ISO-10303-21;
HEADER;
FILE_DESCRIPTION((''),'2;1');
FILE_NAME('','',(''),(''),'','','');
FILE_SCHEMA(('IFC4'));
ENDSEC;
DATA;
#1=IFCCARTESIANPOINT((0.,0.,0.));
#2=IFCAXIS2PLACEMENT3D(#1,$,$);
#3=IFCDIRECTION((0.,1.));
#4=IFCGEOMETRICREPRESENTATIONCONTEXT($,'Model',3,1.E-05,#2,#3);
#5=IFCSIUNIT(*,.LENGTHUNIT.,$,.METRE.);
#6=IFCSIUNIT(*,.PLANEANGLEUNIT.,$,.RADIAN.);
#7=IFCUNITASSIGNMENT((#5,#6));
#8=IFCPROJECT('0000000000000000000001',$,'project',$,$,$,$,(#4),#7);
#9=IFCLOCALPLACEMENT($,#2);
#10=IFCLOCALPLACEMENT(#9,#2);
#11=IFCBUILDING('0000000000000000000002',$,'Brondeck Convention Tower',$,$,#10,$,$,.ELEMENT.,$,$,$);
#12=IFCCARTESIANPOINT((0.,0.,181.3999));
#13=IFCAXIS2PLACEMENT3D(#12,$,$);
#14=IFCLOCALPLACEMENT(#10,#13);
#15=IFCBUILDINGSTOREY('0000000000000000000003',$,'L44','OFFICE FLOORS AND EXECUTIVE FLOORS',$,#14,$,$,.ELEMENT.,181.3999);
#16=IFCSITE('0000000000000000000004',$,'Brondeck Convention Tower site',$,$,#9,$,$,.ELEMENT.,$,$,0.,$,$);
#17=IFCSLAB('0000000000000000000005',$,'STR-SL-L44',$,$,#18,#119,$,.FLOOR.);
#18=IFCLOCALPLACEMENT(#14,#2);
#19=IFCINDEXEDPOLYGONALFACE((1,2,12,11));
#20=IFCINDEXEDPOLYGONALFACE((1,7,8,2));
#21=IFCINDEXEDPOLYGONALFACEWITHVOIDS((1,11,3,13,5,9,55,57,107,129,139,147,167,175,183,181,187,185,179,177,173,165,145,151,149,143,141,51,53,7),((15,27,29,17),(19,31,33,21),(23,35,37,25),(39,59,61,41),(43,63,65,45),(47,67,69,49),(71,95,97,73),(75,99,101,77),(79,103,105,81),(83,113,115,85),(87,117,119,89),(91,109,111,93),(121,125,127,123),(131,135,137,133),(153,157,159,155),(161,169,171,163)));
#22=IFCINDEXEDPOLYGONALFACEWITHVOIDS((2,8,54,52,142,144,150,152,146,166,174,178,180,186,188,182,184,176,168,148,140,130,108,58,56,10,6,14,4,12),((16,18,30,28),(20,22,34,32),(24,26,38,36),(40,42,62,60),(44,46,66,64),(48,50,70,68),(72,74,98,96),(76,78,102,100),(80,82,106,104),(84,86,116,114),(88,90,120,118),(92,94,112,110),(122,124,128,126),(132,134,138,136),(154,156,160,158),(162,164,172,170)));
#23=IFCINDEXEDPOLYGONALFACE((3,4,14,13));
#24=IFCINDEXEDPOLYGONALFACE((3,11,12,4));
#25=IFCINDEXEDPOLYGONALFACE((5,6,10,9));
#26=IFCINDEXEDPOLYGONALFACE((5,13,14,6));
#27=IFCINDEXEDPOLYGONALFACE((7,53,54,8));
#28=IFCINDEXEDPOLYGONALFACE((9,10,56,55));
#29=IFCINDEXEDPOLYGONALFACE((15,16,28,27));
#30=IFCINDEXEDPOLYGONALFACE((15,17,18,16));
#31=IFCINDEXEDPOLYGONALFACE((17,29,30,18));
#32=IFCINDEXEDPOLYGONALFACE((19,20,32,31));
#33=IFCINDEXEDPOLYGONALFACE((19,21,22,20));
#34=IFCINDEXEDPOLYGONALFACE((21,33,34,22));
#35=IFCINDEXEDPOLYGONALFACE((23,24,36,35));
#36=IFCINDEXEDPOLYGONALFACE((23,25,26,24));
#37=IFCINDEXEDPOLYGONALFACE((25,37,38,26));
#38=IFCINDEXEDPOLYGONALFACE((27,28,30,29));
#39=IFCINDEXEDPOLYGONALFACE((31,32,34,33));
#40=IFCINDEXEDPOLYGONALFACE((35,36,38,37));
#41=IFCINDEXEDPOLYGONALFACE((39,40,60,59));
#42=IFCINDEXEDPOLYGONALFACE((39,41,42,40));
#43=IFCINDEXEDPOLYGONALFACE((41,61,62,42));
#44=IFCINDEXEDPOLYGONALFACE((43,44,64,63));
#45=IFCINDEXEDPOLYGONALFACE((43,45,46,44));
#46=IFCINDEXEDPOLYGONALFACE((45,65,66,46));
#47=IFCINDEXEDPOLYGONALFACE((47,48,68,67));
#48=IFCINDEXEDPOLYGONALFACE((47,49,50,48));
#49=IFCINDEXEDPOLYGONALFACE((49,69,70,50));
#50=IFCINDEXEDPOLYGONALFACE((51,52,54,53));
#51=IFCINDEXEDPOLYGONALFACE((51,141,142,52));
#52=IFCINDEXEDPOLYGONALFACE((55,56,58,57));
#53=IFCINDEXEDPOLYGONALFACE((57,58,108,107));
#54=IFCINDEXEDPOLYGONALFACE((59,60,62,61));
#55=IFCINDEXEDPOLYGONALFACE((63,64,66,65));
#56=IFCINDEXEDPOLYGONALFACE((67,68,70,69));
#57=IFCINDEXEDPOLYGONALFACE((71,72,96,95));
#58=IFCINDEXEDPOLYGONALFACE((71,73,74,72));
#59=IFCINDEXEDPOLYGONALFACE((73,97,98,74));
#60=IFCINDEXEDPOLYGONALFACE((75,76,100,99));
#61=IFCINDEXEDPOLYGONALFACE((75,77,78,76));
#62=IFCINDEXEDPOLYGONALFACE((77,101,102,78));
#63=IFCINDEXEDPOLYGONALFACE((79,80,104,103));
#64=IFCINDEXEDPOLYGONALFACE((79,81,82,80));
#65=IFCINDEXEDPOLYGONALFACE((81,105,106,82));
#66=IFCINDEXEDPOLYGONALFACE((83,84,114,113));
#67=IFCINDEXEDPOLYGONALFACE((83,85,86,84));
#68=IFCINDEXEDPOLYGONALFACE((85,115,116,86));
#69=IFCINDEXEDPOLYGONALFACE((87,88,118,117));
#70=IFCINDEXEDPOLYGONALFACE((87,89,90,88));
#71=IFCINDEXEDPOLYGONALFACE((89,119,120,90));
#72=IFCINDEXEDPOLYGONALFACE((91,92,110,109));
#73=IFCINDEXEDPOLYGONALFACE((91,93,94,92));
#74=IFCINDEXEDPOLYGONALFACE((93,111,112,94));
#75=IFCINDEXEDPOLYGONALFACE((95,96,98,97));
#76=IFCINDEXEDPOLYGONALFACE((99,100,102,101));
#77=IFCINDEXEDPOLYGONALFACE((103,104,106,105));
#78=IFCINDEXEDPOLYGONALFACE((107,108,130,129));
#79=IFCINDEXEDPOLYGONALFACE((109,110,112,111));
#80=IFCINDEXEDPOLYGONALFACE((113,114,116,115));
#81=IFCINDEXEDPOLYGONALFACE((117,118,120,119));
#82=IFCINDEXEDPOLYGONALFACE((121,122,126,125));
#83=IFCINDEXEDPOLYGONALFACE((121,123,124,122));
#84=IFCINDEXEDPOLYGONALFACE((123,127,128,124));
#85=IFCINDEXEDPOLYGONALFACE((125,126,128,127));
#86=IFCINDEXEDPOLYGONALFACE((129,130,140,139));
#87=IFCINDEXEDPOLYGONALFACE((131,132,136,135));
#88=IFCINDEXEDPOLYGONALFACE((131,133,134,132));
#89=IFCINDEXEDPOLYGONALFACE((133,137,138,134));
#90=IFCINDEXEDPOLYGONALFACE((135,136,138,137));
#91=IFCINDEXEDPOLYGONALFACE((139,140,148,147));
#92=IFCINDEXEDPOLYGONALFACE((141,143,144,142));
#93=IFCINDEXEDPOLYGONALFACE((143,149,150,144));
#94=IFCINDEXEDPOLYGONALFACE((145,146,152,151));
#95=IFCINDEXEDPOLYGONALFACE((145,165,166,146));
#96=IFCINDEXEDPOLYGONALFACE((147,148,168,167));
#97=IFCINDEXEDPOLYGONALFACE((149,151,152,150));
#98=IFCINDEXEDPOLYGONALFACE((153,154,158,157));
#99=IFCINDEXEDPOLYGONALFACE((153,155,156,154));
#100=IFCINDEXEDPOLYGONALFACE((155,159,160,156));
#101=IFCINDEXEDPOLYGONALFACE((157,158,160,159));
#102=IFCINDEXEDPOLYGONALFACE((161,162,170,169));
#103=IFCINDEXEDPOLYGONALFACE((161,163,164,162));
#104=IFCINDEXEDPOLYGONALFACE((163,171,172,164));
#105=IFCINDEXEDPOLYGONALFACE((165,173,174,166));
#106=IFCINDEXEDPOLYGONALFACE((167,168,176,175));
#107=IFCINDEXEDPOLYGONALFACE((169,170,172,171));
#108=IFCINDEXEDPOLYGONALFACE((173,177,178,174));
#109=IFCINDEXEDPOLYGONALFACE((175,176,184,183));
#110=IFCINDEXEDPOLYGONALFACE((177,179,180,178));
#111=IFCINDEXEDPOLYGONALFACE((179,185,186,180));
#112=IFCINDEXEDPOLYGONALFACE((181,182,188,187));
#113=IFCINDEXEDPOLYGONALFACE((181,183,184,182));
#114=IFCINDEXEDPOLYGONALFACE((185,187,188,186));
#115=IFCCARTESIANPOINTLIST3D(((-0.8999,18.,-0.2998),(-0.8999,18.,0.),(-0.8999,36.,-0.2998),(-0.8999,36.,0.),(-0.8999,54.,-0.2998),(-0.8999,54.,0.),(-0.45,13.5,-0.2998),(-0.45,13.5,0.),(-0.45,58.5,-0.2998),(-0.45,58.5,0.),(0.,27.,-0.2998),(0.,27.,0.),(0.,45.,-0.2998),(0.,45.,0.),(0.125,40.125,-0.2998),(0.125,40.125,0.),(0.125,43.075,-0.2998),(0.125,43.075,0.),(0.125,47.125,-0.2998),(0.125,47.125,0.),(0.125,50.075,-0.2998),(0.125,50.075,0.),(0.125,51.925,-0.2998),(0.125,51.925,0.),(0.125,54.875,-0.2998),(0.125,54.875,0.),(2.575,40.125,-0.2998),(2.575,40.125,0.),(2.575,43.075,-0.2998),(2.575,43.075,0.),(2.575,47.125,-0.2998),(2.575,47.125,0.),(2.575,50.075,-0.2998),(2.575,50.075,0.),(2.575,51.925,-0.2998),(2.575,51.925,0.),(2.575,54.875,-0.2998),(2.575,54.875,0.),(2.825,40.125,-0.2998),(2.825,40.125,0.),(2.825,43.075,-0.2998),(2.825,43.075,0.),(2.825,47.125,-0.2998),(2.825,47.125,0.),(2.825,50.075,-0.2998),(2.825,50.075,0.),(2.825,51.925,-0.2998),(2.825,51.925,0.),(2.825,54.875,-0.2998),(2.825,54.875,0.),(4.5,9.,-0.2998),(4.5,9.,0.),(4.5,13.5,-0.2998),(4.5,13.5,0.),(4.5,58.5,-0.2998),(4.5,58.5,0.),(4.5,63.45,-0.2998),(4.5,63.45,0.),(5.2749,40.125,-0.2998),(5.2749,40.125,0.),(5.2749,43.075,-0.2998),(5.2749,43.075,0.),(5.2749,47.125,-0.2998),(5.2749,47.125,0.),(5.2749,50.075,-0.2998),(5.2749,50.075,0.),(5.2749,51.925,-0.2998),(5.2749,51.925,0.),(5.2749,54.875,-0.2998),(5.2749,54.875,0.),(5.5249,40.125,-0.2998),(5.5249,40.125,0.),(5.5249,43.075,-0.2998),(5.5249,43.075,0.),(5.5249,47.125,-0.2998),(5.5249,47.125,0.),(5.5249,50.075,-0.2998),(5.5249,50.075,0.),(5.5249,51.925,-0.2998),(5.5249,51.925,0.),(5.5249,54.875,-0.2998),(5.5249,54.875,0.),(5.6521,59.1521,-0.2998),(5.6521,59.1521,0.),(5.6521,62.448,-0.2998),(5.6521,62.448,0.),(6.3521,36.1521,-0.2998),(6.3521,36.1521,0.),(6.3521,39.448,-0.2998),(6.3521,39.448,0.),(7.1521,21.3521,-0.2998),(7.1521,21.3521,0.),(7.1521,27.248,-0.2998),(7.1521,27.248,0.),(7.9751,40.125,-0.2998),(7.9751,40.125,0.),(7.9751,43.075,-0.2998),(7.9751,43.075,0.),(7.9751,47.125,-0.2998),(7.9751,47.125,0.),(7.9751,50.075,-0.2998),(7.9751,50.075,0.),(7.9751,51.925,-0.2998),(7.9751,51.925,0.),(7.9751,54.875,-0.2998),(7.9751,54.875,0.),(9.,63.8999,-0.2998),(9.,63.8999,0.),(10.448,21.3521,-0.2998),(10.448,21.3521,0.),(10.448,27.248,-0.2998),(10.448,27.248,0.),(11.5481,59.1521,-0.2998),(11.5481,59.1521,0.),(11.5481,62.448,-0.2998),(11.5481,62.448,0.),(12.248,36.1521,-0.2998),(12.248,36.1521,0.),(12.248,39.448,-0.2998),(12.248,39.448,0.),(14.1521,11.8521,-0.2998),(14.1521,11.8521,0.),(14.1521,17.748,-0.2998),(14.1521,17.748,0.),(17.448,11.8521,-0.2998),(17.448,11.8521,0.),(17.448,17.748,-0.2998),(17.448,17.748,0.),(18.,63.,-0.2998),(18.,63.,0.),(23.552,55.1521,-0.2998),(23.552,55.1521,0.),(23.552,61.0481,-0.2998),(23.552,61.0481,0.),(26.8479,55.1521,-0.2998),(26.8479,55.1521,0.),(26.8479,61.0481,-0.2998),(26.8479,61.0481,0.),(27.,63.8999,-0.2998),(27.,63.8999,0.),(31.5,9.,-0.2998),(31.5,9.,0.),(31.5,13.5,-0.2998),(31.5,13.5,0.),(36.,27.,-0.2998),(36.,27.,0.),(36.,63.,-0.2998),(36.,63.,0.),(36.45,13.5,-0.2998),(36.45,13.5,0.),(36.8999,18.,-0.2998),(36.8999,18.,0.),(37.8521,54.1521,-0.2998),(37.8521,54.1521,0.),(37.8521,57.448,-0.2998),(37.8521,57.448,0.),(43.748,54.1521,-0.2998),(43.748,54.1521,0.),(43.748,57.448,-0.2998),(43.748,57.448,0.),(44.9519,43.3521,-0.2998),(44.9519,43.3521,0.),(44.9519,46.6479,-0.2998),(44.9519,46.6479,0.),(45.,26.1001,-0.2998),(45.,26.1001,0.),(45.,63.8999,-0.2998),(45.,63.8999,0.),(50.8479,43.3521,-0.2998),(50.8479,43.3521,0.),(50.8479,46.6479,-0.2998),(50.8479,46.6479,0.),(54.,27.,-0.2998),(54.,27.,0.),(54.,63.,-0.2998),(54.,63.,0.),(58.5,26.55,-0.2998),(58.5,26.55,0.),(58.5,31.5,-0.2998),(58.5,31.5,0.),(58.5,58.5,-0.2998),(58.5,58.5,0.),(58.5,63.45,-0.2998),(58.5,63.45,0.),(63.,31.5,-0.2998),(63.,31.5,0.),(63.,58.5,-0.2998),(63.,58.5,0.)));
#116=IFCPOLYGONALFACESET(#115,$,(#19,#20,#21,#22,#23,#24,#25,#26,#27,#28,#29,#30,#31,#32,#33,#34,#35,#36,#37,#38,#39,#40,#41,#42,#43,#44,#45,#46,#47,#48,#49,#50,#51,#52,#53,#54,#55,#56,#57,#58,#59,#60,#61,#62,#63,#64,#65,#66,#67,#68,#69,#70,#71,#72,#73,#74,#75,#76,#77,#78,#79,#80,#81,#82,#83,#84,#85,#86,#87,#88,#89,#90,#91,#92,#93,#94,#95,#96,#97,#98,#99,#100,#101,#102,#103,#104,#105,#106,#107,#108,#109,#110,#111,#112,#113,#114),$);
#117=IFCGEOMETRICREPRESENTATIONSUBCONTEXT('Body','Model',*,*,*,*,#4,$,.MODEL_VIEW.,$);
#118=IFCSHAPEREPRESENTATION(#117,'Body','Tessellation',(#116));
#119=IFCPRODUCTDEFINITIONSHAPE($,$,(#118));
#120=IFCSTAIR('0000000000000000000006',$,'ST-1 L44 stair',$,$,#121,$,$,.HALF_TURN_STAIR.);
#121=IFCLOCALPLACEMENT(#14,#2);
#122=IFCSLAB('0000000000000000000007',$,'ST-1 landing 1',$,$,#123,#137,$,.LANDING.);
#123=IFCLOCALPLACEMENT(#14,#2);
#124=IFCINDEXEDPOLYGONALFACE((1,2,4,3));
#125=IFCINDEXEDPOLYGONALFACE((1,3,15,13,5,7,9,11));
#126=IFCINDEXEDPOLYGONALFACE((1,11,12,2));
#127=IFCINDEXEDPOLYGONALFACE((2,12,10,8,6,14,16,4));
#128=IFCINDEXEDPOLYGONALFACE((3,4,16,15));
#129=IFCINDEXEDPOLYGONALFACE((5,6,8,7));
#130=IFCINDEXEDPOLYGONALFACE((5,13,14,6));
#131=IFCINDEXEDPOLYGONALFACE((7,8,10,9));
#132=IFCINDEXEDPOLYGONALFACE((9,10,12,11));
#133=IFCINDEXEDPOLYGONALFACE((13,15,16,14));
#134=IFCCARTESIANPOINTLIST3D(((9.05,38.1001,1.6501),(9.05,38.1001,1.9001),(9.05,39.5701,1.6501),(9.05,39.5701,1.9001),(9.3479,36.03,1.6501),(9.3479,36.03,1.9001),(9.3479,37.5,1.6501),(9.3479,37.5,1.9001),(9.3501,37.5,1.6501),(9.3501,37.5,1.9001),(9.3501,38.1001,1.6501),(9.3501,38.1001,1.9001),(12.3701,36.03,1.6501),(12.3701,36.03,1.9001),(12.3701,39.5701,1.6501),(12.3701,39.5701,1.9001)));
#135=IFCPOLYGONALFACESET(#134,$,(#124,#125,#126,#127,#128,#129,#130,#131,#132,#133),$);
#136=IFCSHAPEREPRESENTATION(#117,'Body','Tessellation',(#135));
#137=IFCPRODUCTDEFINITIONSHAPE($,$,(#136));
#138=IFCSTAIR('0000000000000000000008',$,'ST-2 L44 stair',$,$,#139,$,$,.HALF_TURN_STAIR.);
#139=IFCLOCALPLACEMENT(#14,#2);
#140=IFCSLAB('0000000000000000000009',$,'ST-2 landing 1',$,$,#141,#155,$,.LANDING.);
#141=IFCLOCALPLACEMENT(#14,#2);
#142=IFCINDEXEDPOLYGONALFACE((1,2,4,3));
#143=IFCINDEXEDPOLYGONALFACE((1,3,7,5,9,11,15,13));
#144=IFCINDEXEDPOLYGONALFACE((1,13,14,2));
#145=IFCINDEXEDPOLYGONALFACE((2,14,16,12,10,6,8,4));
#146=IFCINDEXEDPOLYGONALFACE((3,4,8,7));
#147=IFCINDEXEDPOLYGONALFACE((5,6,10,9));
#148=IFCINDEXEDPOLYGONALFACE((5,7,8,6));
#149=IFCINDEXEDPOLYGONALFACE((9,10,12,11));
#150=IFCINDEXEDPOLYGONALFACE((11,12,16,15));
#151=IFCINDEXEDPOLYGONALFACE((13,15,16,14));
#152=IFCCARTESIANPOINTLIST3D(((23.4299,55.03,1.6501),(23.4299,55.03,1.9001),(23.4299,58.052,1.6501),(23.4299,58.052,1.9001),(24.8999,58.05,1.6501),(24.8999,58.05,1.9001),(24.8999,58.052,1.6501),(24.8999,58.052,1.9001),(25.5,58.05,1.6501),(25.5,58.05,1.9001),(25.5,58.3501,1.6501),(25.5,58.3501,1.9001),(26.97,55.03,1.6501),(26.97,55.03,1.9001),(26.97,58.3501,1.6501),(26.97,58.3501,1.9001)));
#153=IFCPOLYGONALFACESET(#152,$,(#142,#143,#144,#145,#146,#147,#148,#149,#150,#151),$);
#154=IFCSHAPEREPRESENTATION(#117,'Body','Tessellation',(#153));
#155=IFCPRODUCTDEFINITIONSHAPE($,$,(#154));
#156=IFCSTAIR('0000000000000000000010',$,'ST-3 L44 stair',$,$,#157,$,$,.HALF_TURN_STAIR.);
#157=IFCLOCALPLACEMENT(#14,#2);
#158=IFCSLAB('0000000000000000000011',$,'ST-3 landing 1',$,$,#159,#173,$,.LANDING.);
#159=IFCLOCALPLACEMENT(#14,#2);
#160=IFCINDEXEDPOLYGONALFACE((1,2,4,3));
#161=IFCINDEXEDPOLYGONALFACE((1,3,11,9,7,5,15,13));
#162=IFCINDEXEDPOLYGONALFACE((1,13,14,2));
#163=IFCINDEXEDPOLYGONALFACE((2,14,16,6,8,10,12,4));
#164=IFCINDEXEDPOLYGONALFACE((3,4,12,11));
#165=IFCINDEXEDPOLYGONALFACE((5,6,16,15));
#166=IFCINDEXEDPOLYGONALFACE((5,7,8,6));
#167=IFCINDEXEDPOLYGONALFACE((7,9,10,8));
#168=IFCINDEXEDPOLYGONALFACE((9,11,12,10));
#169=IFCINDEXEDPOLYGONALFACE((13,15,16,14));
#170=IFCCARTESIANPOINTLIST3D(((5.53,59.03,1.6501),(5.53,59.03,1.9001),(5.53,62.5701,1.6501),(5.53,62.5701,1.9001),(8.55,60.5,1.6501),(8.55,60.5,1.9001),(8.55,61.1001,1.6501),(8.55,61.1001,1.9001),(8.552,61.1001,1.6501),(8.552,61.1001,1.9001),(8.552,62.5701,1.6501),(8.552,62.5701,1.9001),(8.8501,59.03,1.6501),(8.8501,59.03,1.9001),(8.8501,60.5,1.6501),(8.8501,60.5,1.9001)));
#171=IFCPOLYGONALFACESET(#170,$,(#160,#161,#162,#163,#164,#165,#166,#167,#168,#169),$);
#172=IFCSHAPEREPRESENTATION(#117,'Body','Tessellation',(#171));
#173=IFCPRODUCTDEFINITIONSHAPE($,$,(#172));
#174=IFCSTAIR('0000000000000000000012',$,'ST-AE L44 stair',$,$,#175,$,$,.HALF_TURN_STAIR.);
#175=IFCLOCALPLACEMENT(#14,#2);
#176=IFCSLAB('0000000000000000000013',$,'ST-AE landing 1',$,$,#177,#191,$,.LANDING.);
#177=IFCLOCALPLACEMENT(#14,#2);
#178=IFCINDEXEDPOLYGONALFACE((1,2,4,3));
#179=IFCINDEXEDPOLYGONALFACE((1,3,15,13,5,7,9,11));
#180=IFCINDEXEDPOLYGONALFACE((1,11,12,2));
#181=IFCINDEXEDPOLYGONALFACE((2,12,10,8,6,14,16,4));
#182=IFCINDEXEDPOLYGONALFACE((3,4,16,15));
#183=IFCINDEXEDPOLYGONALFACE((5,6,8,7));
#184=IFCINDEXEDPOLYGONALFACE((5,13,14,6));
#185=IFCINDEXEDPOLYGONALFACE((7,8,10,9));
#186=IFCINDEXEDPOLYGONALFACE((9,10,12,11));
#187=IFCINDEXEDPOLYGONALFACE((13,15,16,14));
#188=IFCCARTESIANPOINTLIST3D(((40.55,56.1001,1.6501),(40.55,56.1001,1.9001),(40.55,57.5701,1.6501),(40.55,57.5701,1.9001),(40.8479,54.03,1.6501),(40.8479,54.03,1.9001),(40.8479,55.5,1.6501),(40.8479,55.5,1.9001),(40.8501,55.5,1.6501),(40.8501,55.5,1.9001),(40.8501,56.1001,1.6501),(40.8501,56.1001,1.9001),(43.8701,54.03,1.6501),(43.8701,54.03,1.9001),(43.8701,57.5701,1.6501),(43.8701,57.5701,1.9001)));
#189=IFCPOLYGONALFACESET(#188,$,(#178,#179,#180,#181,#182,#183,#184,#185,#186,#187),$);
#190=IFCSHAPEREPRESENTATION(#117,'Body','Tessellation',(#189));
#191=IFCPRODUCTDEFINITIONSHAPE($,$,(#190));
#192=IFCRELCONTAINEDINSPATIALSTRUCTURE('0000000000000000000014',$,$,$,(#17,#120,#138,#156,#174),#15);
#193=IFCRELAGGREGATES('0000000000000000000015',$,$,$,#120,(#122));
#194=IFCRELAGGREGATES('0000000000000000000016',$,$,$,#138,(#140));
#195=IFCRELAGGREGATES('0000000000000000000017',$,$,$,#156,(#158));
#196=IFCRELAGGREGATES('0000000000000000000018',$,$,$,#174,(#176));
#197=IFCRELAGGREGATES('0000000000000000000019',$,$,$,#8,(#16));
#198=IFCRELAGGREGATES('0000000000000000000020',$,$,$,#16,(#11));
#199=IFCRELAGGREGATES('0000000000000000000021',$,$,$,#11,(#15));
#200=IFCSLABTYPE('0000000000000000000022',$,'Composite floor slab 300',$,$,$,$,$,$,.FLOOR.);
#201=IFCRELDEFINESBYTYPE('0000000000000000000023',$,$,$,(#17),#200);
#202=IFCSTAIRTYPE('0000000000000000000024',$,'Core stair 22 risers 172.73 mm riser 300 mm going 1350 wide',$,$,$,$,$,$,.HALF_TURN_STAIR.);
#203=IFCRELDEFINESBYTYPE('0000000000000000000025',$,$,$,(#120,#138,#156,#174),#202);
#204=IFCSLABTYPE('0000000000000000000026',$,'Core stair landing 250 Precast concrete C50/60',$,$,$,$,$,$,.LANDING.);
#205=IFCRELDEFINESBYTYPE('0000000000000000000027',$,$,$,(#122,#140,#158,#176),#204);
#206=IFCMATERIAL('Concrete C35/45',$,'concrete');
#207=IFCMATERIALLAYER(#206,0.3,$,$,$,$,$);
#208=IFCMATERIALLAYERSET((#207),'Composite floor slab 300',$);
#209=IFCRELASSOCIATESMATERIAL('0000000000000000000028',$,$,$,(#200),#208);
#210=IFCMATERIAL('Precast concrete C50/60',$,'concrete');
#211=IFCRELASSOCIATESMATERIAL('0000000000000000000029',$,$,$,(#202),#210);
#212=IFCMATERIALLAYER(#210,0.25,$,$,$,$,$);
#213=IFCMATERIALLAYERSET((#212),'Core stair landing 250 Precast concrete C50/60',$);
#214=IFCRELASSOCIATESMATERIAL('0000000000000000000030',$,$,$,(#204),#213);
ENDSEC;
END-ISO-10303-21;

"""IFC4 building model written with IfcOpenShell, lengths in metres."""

from ifc_helpers import new_model, si_unit, direction, frame, origin, place, context, subcontext, project, spatial, polyline, outline, extrude, material, layer, layer_set, type_object, element, aggregate, save


model = new_model("IFC4")

# Units and contexts
model_context = context("Model", 3, precision=1e-05, world=origin(), true_north=direction((0.0, 1.0)))
body_context = subcontext(model_context, "Body", "Model", "MODEL_VIEW")
ifc_project = project(units=[si_unit("LENGTHUNIT", "METRE"), si_unit("PLANEANGLEUNIT", "RADIAN")], contexts=[model_context])

# Site, building, storey
site_placement = place(None, origin())
site = spatial("IfcSite", under=ifc_project, at=site_placement, Name="Brondeck Convention Tower site", CompositionType="ELEMENT", RefElevation=0.0)
building_placement = place(site_placement, origin())
building = spatial("IfcBuilding", under=site, at=building_placement, Name="Brondeck Convention Tower", CompositionType="ELEMENT")
storey_placement = place(building_placement, frame((0.0, 0.0, 181.3999)))
storey = spatial("IfcBuildingStorey", under=building, at=storey_placement, Name="L44", Description="OFFICE FLOORS AND EXECUTIVE FLOORS", CompositionType="ELEMENT", Elevation=181.3999)

# Slab
ifc_material_1 = material(Name="Concrete C35/45", Category="concrete")
ifc_layer_1 = layer(ifc_material_1, 0.3)
ifc_layer_set_1 = layer_set([ifc_layer_1], Name="Composite floor slab 300")
slab_type_1 = type_object("IfcSlabType", Name="Composite floor slab 300", PredefinedType="FLOOR", material=ifc_layer_set_1)
slab_1_placement = place(storey_placement, frame((0.0, 0.0, -0.2998)))
element("IfcSlab", 1, at=slab_1_placement, inside=storey, type_object=slab_type_1, Name="STR-SL-L44", PredefinedType="FLOOR", context=body_context, shape_type="SweptSolid", body=[
    extrude(outline(polyline([(4.5, 13.5), (-0.45, 13.5), (-0.8999, 18.0), (0.0, 27.0), (-0.8999, 36.0), (0.0, 45.0), (-0.8999, 54.0), (-0.45, 58.5), (4.5, 58.5), (4.5, 63.45), (9.0, 63.8999), (18.0, 63.0), (27.0, 63.8999), (36.0, 63.0), (45.0, 63.8999), (54.0, 63.0), (58.5, 63.45), (58.5, 58.5), (63.0, 58.5), (63.0, 31.5), (58.5, 31.5), (58.5, 26.55), (54.0, 27.0), (45.0, 26.1001), (36.0, 27.0), (36.8999, 18.0), (36.45, 13.5), (31.5, 13.5), (31.5, 9.0), (4.5, 9.0), (4.5, 13.5)]), holes=[polyline([(2.575, 40.125), (2.575, 43.075), (0.125, 43.075), (0.125, 40.125), (2.575, 40.125)]), polyline([(5.2749, 40.125), (5.2749, 43.075), (2.825, 43.075), (2.825, 40.125), (5.2749, 40.125)]), polyline([(7.9751, 40.125), (7.9751, 43.075), (5.5249, 43.075), (5.5249, 40.125), (7.9751, 40.125)]), polyline([(2.575, 47.125), (2.575, 50.075), (0.125, 50.075), (0.125, 47.125), (2.575, 47.125)]), polyline([(5.2749, 47.125), (5.2749, 50.075), (2.825, 50.075), (2.825, 47.125), (5.2749, 47.125)]), polyline([(7.9751, 47.125), (7.9751, 50.075), (5.5249, 50.075), (5.5249, 47.125), (7.9751, 47.125)]), polyline([(2.575, 51.925), (2.575, 54.875), (0.125, 54.875), (0.125, 51.925), (2.575, 51.925)]), polyline([(5.2749, 51.925), (5.2749, 54.875), (2.825, 54.875), (2.825, 51.925), (5.2749, 51.925)]), polyline([(17.448, 17.748), (14.1521, 17.748), (14.1521, 11.8521), (17.448, 11.8521), (17.448, 17.748)]), polyline([(10.448, 27.248), (7.1521, 27.248), (7.1521, 21.3521), (10.448, 21.3521), (10.448, 27.248)]), polyline([(12.248, 36.1521), (12.248, 39.448), (6.3521, 39.448), (6.3521, 36.1521), (12.248, 36.1521)]), polyline([(50.8479, 43.3521), (50.8479, 46.6479), (44.9519, 46.6479), (44.9519, 43.3521), (50.8479, 43.3521)]), polyline([(7.9751, 51.925), (7.9751, 54.875), (5.5249, 54.875), (5.5249, 51.925), (7.9751, 51.925)]), polyline([(43.748, 54.1521), (43.748, 57.448), (37.8521, 57.448), (37.8521, 54.1521), (43.748, 54.1521)]), polyline([(23.552, 55.1521), (26.8479, 55.1521), (26.8479, 61.0481), (23.552, 61.0481), (23.552, 55.1521)]), polyline([(5.6521, 62.448), (5.6521, 59.1521), (11.5481, 59.1521), (11.5481, 62.448), (5.6521, 62.448)])]), origin(), (0.0, 0.0, 1.0), 0.2998),
])

# Stairs, slabs
ifc_material_2 = material(Name="Precast concrete C50/60", Category="concrete")
stair_type = type_object("IfcStairType", Name="Core stair 22 risers 172.73 mm riser 300 mm going 1350 wide", PredefinedType="HALF_TURN_STAIR", material=ifc_material_2)
stair_1_placement = place(storey_placement, origin())
stair_1 = element("IfcStair", 2, at=stair_1_placement, inside=storey, type_object=stair_type, Name="ST-1 L44 stair", PredefinedType="HALF_TURN_STAIR")
ifc_layer_2 = layer(ifc_material_2, 0.25)
ifc_layer_set_2 = layer_set([ifc_layer_2], Name="Core stair landing 250 Precast concrete C50/60")
slab_type_2 = type_object("IfcSlabType", Name="Core stair landing 250 Precast concrete C50/60", PredefinedType="LANDING", material=ifc_layer_set_2)
slab_2_placement = place(storey_placement, frame((0.0, 0.0, 1.6501)))
slab_2 = element("IfcSlab", 3, at=slab_2_placement, type_object=slab_type_2, Name="ST-1 landing 1", PredefinedType="LANDING", context=body_context, shape_type="SweptSolid", body=[
    extrude(outline(polyline([(9.3479, 37.5), (9.3501, 37.5), (9.3501, 38.1001), (9.05, 38.1001), (9.05, 39.5701), (12.3701, 39.5701), (12.3701, 36.03), (9.3479, 36.03), (9.3479, 37.5)])), origin(), (0.0, 0.0, 1.0), 0.25),
])
aggregate(stair_1, [slab_2])
stair_2_placement = place(storey_placement, origin())
stair_2 = element("IfcStair", 4, at=stair_2_placement, inside=storey, type_object=stair_type, Name="ST-2 L44 stair", PredefinedType="HALF_TURN_STAIR")
slab_3_placement = place(storey_placement, frame((0.0, 0.0, 1.6501)))
slab_3 = element("IfcSlab", 5, at=slab_3_placement, type_object=slab_type_2, Name="ST-2 landing 1", PredefinedType="LANDING", context=body_context, shape_type="SweptSolid", body=[
    extrude(outline(polyline([(23.4299, 58.052), (24.8999, 58.052), (24.8999, 58.05), (25.5, 58.05), (25.5, 58.3501), (26.97, 58.3501), (26.97, 55.03), (23.4299, 55.03), (23.4299, 58.052)])), origin(), (0.0, 0.0, 1.0), 0.25),
])
aggregate(stair_2, [slab_3])
stair_3_placement = place(storey_placement, origin())
stair_3 = element("IfcStair", 6, at=stair_3_placement, inside=storey, type_object=stair_type, Name="ST-3 L44 stair", PredefinedType="HALF_TURN_STAIR")
slab_4_placement = place(storey_placement, frame((0.0, 0.0, 1.6501)))
slab_4 = element("IfcSlab", 7, at=slab_4_placement, type_object=slab_type_2, Name="ST-3 landing 1", PredefinedType="LANDING", context=body_context, shape_type="SweptSolid", body=[
    extrude(outline(polyline([(8.8501, 60.5), (8.8501, 59.03), (5.53, 59.03), (5.53, 62.5701), (8.552, 62.5701), (8.552, 61.1001), (8.55, 61.1001), (8.55, 60.5), (8.8501, 60.5)])), origin(), (0.0, 0.0, 1.0), 0.25),
])
aggregate(stair_3, [slab_4])
stair_4_placement = place(storey_placement, origin())
stair_4 = element("IfcStair", 8, at=stair_4_placement, inside=storey, type_object=stair_type, Name="ST-AE L44 stair", PredefinedType="HALF_TURN_STAIR")
slab_5_placement = place(storey_placement, frame((0.0, 0.0, 1.6501)))
slab_5 = element("IfcSlab", 9, at=slab_5_placement, type_object=slab_type_2, Name="ST-AE landing 1", PredefinedType="LANDING", context=body_context, shape_type="SweptSolid", body=[
    extrude(outline(polyline([(40.8479, 55.5), (40.8501, 55.5), (40.8501, 56.1001), (40.55, 56.1001), (40.55, 57.5701), (43.8701, 57.5701), (43.8701, 54.03), (40.8479, 54.03), (40.8479, 55.5)])), origin(), (0.0, 0.0, 1.0), 0.25),
])
aggregate(stair_4, [slab_5])

save(model, "model.ifc")
